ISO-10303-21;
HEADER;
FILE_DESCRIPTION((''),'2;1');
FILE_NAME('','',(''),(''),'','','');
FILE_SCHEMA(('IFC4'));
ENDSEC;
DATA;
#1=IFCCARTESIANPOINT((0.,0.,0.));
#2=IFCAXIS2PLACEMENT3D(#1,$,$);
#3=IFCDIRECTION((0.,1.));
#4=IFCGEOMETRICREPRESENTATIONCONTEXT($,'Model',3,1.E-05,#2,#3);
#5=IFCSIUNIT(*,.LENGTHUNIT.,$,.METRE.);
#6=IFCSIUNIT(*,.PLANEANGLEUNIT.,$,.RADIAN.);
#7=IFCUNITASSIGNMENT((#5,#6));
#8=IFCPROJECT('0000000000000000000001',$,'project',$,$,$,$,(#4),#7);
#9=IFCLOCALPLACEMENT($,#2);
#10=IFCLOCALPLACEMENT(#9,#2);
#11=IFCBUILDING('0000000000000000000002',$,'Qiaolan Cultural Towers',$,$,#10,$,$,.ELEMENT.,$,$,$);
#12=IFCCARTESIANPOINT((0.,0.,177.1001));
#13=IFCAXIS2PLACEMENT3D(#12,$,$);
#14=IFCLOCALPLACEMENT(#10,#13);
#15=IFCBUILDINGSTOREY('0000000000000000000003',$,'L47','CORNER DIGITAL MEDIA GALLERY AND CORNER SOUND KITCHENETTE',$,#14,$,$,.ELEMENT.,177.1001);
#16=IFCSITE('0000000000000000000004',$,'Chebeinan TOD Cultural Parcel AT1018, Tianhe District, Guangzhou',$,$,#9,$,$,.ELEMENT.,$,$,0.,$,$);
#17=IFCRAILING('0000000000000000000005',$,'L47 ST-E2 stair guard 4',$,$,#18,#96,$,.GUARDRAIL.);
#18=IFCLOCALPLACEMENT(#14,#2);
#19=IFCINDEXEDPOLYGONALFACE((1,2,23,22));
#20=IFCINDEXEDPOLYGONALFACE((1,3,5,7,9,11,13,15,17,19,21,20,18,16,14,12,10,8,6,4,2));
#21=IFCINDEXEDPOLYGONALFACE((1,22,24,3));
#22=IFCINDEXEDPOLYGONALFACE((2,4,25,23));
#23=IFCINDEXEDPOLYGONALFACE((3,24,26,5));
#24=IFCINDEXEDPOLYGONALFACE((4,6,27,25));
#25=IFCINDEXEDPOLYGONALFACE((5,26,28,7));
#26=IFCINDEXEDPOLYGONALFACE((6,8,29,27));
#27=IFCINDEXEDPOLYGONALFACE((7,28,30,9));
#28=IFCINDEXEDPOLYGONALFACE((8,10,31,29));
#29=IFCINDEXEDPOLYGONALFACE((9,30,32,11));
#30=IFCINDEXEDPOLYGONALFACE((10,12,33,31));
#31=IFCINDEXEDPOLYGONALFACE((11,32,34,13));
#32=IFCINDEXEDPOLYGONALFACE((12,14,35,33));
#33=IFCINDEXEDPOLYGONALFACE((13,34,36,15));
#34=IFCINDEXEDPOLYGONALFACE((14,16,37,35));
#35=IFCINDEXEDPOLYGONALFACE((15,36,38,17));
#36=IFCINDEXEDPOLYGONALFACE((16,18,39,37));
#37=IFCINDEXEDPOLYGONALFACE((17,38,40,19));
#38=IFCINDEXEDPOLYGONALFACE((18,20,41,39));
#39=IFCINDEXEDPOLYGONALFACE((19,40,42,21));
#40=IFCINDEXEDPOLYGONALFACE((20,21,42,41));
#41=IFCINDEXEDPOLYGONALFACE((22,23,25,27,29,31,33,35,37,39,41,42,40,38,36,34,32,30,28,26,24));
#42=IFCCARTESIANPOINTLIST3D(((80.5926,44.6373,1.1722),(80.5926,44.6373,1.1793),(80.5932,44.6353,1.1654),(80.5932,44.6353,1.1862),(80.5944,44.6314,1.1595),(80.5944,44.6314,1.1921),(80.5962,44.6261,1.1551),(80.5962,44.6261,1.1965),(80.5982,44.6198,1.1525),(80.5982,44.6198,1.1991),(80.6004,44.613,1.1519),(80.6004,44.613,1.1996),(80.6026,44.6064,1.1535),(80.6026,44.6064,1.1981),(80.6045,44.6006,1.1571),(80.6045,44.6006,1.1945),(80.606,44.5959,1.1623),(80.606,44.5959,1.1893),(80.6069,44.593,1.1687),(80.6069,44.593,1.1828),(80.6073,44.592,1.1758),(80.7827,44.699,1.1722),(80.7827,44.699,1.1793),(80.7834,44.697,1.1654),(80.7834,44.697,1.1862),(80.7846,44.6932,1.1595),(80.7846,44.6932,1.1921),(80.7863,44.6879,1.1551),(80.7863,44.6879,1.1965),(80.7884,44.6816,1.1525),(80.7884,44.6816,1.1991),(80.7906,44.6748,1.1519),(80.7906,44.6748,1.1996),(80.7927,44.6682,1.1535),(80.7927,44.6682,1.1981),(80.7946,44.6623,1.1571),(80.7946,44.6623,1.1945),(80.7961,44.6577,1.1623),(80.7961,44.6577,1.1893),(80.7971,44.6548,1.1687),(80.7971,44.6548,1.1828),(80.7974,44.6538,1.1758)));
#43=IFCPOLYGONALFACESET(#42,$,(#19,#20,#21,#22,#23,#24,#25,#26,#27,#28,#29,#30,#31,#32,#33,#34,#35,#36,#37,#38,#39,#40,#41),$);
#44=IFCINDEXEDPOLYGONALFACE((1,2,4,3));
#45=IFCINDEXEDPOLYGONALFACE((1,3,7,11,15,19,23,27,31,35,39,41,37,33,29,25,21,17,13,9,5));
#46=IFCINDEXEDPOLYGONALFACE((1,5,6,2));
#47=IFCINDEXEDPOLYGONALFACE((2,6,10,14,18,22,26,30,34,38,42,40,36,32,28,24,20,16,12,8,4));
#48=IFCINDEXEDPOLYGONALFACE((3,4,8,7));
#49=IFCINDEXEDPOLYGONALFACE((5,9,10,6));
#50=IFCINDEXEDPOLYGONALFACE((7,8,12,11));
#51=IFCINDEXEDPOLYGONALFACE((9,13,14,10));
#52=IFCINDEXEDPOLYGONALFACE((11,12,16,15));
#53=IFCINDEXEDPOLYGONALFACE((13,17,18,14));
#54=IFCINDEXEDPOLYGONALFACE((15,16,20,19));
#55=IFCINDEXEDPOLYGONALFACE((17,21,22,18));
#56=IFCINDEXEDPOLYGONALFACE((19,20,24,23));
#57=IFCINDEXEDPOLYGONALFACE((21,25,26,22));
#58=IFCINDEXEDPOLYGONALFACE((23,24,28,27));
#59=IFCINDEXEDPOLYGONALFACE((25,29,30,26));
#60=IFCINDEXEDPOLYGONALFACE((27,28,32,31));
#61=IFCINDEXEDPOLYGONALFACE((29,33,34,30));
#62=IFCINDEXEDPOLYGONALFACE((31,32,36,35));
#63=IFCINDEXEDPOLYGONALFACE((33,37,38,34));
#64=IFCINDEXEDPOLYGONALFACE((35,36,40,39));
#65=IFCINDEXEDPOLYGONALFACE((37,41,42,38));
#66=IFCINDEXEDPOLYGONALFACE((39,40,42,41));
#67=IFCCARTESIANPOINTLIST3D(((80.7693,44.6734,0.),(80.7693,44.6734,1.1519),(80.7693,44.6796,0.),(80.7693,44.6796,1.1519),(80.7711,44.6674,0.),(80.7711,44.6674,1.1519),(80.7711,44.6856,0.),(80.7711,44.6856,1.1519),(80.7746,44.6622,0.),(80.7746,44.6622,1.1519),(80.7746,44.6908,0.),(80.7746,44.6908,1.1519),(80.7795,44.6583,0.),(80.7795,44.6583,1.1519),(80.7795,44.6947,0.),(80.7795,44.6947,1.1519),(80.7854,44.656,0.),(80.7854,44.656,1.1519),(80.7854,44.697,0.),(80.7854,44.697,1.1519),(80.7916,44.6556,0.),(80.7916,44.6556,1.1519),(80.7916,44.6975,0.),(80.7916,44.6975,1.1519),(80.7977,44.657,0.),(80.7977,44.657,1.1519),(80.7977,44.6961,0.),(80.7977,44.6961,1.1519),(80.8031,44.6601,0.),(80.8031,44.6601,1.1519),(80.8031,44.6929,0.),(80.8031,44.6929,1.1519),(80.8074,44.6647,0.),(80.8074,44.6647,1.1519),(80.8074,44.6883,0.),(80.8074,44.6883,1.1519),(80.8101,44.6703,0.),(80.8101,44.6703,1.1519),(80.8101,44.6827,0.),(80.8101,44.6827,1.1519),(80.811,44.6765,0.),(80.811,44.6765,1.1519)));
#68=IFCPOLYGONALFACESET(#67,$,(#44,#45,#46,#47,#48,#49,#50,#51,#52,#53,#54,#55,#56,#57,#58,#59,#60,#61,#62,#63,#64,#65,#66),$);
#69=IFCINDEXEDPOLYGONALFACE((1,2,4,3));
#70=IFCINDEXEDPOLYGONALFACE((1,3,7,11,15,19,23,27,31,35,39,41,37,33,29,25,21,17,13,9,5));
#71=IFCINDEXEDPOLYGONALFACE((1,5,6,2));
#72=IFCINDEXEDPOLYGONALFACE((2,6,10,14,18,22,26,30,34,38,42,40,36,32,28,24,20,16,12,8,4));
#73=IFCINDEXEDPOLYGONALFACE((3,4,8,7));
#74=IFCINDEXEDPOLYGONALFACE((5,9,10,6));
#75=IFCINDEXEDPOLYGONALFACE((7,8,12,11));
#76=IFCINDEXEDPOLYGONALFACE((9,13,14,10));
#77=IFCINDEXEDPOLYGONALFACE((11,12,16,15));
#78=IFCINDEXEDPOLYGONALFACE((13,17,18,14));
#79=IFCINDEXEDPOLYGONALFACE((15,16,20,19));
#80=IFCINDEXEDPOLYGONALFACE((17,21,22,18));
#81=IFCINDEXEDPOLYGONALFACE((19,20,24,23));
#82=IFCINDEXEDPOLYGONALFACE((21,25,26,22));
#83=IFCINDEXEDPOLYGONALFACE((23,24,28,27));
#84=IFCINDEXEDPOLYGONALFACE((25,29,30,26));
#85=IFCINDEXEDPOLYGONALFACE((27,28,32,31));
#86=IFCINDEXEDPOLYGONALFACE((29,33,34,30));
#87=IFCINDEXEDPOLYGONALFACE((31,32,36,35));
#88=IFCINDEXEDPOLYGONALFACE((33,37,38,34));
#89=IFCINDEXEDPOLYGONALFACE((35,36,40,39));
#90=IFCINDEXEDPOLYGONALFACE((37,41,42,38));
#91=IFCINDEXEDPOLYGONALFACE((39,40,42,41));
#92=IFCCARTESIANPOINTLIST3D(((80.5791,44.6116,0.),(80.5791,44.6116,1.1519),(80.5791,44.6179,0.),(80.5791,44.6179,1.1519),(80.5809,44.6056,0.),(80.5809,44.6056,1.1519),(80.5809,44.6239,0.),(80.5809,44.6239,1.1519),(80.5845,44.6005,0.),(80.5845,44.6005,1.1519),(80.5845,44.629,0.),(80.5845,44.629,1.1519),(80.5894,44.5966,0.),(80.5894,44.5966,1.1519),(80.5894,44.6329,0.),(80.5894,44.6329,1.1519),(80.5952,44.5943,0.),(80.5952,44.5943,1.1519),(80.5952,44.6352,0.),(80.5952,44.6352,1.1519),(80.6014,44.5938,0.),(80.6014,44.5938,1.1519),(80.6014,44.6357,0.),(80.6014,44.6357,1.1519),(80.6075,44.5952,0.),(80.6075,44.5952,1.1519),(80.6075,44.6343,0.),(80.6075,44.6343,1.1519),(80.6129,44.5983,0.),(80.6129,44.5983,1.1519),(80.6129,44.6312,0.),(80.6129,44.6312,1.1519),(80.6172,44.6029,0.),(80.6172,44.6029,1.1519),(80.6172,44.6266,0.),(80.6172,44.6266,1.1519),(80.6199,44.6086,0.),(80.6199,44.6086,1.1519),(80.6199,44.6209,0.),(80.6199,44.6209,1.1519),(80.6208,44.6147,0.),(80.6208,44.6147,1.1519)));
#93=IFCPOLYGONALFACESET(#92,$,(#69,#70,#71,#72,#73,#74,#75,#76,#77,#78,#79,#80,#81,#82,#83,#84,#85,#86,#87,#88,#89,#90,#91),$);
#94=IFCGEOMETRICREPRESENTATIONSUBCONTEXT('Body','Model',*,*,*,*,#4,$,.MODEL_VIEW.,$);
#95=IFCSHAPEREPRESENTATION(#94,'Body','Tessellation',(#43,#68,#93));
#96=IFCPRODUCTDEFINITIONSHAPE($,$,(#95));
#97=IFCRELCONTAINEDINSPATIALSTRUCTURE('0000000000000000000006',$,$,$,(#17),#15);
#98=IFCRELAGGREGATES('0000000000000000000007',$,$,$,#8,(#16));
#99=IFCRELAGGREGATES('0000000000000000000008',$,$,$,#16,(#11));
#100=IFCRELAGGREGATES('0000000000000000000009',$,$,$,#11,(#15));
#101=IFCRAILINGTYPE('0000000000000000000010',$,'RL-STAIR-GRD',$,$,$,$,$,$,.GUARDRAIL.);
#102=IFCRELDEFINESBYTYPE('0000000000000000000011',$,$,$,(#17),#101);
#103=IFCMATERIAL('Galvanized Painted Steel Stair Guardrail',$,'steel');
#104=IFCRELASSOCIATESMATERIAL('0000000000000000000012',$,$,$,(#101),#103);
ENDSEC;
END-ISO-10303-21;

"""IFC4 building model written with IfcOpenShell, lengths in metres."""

from ifc_helpers import new_model, si_unit, direction, frame, origin, origin_2d, place, context, subcontext, project, spatial, circle, extrude, material, type_object, element, save


model = new_model("IFC4")

# Units and contexts
model_context = context("Model", 3, precision=1e-05, world=origin(), true_north=direction((0.0, 1.0)))
body_context = subcontext(model_context, "Body", "Model", "MODEL_VIEW")
ifc_project = project(units=[si_unit("LENGTHUNIT", "METRE"), si_unit("PLANEANGLEUNIT", "RADIAN")], contexts=[model_context])

# Site, building, storey
site_placement = place(None, origin())
site = spatial("IfcSite", under=ifc_project, at=site_placement, Name="Chebeinan TOD Cultural Parcel AT1018, Tianhe District, Guangzhou", CompositionType="ELEMENT", RefElevation=0.0)
building_placement = place(site_placement, origin())
building = spatial("IfcBuilding", under=site, at=building_placement, Name="Qiaolan Cultural Towers", CompositionType="ELEMENT")
storey_placement = place(building_placement, frame((0.0, 0.0, 177.1001)))
storey = spatial("IfcBuildingStorey", under=building, at=storey_placement, Name="L47", Description="CORNER DIGITAL MEDIA GALLERY AND CORNER SOUND KITCHENETTE", CompositionType="ELEMENT", Elevation=177.1001)

# Railing
ifc_material_1 = material(Name="Galvanized Painted Steel Stair Guardrail", Category="steel")
railing_type_1 = type_object("IfcRailingType", Name="RL-STAIR-GRD", PredefinedType="GUARDRAIL", material=ifc_material_1)
railing_1_placement = place(storey_placement, frame((80.79, 44.6765, 0.0)))
element("IfcRailing", 1, at=railing_1_placement, inside=storey, type_object=railing_type_1, Name="L47 ST-E2 stair guard 4", PredefinedType="GUARDRAIL", context=body_context, shape_type="SweptSolid", body=[
    extrude(circle(Radius=0.0239, at=origin_2d()), frame((0.0, 0.0, 1.1758), z_axis=(-0.951097, -0.308893, 0.0), x_axis=(0.308893, -0.951097, 0.0)), (0.0, 0.0, 1.0), 0.2),
    extrude(circle(Radius=0.021, at=origin_2d()), origin(), (0.0, 0.0, 1.0), 1.1519),
    extrude(circle(Radius=0.021, at=origin_2d()), frame((-0.1902, -0.0618, 0.0)), (0.0, 0.0, 1.0), 1.1519),
])

save(model, "model.ifc")
